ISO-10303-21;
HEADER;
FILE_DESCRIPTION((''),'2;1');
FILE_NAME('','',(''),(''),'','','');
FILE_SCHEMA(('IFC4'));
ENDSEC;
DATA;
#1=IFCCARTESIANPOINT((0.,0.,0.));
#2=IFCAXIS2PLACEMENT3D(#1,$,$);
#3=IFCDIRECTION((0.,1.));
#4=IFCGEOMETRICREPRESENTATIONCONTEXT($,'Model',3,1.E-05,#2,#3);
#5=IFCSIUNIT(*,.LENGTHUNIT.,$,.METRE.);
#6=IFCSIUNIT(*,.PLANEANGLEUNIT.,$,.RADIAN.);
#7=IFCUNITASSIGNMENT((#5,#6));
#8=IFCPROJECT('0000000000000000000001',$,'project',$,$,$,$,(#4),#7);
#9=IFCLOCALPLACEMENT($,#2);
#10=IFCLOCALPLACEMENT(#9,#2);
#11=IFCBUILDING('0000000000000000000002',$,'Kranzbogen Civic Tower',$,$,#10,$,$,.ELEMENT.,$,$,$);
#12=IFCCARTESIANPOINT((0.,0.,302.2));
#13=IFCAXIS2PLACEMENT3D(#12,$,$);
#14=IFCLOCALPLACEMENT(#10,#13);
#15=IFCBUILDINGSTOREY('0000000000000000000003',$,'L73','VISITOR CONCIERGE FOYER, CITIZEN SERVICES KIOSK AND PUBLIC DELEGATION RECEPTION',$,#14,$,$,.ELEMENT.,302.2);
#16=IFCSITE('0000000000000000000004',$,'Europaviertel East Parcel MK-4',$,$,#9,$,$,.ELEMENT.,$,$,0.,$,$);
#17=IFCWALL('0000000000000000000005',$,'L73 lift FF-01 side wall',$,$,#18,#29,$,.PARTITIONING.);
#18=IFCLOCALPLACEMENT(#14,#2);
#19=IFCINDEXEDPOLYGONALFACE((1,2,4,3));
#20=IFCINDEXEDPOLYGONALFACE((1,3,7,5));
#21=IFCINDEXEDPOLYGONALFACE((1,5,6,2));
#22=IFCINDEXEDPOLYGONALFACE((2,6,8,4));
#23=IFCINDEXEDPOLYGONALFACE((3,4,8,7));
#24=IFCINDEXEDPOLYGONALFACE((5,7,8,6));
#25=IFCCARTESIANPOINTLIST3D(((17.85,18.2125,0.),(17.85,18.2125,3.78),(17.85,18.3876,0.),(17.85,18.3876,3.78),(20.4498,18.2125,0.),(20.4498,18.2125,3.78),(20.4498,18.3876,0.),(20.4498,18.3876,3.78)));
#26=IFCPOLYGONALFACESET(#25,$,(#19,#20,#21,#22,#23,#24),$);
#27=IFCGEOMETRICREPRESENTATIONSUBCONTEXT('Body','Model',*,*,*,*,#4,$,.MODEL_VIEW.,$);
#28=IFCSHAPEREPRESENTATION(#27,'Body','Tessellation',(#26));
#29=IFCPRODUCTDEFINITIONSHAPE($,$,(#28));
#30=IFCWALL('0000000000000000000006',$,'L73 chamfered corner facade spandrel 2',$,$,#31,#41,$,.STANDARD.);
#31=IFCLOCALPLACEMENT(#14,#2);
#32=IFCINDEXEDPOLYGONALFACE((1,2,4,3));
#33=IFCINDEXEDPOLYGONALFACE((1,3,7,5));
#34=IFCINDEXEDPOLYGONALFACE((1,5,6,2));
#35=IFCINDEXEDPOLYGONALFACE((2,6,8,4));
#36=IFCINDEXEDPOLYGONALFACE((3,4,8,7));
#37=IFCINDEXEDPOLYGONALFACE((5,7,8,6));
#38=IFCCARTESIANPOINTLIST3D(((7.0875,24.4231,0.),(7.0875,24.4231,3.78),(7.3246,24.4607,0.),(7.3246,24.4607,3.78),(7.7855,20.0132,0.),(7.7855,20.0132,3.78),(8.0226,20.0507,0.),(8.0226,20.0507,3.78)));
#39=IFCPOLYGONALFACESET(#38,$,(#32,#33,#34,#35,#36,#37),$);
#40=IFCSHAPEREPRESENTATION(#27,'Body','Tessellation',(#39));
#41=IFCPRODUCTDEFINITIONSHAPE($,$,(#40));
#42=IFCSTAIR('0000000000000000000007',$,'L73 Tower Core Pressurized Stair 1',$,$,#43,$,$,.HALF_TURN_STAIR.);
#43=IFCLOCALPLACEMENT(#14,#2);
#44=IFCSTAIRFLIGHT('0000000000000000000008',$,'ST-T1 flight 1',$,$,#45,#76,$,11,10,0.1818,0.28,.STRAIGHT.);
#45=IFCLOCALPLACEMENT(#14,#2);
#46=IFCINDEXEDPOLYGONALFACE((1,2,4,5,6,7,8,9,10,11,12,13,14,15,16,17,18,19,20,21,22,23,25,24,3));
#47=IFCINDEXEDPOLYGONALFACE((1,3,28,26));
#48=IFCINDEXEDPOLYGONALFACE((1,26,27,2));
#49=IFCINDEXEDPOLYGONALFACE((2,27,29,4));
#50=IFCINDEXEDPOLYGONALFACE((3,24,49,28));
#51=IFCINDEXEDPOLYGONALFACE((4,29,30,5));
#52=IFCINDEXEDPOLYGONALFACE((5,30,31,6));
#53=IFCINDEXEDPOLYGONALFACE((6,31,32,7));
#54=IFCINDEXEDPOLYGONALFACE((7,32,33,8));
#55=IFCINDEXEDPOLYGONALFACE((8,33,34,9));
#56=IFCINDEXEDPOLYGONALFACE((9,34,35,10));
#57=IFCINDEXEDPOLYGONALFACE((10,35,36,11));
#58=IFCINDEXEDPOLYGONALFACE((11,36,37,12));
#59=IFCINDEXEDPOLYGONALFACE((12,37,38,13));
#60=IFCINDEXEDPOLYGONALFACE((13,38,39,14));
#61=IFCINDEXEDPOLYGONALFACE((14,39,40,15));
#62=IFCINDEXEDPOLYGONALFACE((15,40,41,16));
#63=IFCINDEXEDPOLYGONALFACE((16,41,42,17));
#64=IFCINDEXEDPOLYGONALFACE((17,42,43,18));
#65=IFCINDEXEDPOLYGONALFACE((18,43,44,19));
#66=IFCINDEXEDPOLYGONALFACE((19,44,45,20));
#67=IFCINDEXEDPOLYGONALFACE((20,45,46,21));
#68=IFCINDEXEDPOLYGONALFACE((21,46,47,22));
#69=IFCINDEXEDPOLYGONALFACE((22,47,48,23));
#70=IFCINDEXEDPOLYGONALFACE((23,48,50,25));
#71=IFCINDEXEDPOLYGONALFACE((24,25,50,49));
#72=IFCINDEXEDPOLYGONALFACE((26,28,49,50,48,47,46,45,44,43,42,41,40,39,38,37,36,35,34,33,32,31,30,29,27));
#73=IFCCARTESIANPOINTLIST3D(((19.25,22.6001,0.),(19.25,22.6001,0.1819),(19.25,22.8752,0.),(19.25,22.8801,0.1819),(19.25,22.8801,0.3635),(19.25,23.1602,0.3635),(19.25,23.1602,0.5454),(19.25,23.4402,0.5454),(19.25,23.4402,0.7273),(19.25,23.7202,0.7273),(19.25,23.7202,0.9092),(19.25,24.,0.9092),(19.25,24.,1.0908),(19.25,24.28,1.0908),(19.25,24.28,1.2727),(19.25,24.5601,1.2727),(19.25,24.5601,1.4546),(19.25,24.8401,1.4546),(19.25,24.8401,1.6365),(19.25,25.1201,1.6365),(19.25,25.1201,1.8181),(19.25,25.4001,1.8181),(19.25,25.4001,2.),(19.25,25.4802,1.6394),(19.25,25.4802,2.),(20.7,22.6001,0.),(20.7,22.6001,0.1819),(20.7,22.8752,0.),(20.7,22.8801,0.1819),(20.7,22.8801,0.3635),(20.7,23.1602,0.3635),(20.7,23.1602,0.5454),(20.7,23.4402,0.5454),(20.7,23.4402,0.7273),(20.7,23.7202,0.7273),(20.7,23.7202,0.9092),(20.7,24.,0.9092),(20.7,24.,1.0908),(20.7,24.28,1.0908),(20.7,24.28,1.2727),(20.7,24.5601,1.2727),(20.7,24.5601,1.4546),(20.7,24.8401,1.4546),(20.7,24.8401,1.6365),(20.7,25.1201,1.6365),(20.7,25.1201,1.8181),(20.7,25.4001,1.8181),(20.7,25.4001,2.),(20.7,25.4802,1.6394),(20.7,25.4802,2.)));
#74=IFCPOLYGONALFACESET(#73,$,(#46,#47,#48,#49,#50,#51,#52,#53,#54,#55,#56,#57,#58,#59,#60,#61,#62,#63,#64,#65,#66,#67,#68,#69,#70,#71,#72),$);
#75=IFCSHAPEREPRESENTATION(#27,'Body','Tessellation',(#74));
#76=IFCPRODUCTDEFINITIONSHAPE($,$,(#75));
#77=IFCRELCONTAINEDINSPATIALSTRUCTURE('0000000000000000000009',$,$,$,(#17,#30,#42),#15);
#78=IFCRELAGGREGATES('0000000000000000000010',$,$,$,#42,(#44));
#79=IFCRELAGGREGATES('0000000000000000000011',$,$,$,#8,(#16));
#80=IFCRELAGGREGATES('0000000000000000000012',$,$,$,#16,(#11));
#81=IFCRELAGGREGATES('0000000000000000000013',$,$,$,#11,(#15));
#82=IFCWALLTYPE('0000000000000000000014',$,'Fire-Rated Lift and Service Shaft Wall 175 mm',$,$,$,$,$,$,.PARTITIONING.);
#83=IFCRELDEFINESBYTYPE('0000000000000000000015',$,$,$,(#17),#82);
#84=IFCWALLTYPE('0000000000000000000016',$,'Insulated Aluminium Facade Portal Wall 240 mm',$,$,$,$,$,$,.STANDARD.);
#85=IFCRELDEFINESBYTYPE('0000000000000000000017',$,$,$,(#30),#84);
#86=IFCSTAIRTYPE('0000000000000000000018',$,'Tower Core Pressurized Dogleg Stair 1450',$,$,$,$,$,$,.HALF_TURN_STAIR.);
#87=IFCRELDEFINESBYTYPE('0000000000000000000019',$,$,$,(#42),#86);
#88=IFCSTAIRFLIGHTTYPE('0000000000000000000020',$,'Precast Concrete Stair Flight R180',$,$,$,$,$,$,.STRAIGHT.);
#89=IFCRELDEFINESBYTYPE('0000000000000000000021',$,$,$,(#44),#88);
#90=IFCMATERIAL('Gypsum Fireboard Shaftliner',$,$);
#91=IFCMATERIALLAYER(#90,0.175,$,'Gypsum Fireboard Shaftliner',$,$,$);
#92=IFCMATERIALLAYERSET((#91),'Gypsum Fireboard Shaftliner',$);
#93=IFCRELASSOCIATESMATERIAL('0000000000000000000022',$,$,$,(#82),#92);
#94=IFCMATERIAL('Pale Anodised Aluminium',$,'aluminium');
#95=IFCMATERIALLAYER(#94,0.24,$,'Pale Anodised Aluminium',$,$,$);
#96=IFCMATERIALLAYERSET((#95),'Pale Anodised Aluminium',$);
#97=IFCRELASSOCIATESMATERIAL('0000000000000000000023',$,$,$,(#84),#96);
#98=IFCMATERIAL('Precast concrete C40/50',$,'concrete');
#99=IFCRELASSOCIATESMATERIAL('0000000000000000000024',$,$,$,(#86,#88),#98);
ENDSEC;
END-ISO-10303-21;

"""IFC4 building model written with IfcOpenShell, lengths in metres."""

from ifc_helpers import new_model, si_unit, direction, frame, frame_2d, origin, place, context, subcontext, project, spatial, polyline, rectangle, outline, extrude, material, layer, layer_set, type_object, element, aggregate, save


model = new_model("IFC4")

# Units and contexts
model_context = context("Model", 3, precision=1e-05, world=origin(), true_north=direction((0.0, 1.0)))
body_context = subcontext(model_context, "Body", "Model", "MODEL_VIEW")
ifc_project = project(units=[si_unit("LENGTHUNIT", "METRE"), si_unit("PLANEANGLEUNIT", "RADIAN")], contexts=[model_context])

# Site, building, storey
site_placement = place(None, origin())
site = spatial("IfcSite", under=ifc_project, at=site_placement, Name="Europaviertel East Parcel MK-4", CompositionType="ELEMENT", RefElevation=0.0)
building_placement = place(site_placement, origin())
building = spatial("IfcBuilding", under=site, at=building_placement, Name="Kranzbogen Civic Tower", CompositionType="ELEMENT")
storey_placement = place(building_placement, frame((0.0, 0.0, 302.2)))
storey = spatial("IfcBuildingStorey", under=building, at=storey_placement, Name="L73", Description="VISITOR CONCIERGE FOYER, CITIZEN SERVICES KIOSK AND PUBLIC DELEGATION RECEPTION", CompositionType="ELEMENT", Elevation=302.2)

# Shared definitions
ifc_material_1 = material(Name="Pale Anodised Aluminium", Category="aluminium")

# Shared definitions
ifc_material_2 = material(Name="Gypsum Fireboard Shaftliner")
ifc_layer_1 = layer(ifc_material_2, 0.175, Name="Gypsum Fireboard Shaftliner")
ifc_layer_set_1 = layer_set([ifc_layer_1], Name="Gypsum Fireboard Shaftliner")
wall_type_1 = type_object("IfcWallType", Name="Fire-Rated Lift and Service Shaft Wall 175 mm", PredefinedType="PARTITIONING", material=ifc_layer_set_1)

# Walls
wall_1_placement = place(storey_placement, frame((17.8501, 18.3, 0.0), z_axis=(0.0, 0.0, 1.0), x_axis=(1.0, 0.0, 0.0)))
element("IfcWall", 1, at=wall_1_placement, inside=storey, type_object=wall_type_1, Name="L73 lift FF-01 side wall", PredefinedType="PARTITIONING", context=body_context, shape_type="SweptSolid", body=[
    extrude(rectangle(XDim=2.5999, YDim=0.175, at=frame_2d((1.2998, 0.0))), origin(), (0.0, 0.0, 1.0), 3.78),
])
ifc_layer_2 = layer(ifc_material_1, 0.24, Name="Pale Anodised Aluminium")
ifc_layer_set_2 = layer_set([ifc_layer_2], Name="Pale Anodised Aluminium")
wall_type_2 = type_object("IfcWallType", Name="Insulated Aluminium Facade Portal Wall 240 mm", PredefinedType="STANDARD", material=ifc_layer_set_2)
wall_2_placement = place(storey_placement, frame((7.2061, 24.4419, 0.0), z_axis=(0.0, 0.0, 1.0), x_axis=(0.156333, -0.987704, 0.0)))
element("IfcWall", 2, at=wall_2_placement, inside=storey, type_object=wall_type_2, Name="L73 chamfered corner facade spandrel 2", PredefinedType="STANDARD", context=body_context, shape_type="SweptSolid", body=[
    extrude(rectangle(XDim=4.4648, YDim=0.24, at=frame_2d((2.2324, 0.0))), origin(), (0.0, 0.0, 1.0), 3.78),
])

# Stair, stair flight
ifc_material_3 = material(Name="Precast concrete C40/50", Category="concrete")
stair_type = type_object("IfcStairType", Name="Tower Core Pressurized Dogleg Stair 1450", PredefinedType="HALF_TURN_STAIR", material=ifc_material_3)
stair_placement = place(storey_placement, origin())
stair = element("IfcStair", 3, at=stair_placement, inside=storey, type_object=stair_type, Name="L73 Tower Core Pressurized Stair 1", PredefinedType="HALF_TURN_STAIR")
stair_flight_type = type_object("IfcStairFlightType", Name="Precast Concrete Stair Flight R180", PredefinedType="STRAIGHT", material=ifc_material_3)
stair_flight_placement = place(storey_placement, frame((19.9751, 22.6001, 0.0), z_axis=(0.0, 0.0, 1.0), x_axis=(0.0, 1.0, 0.0)))
stair_flight = element("IfcStairFlight", 4, at=stair_flight_placement, type_object=stair_flight_type, Name="ST-T1 flight 1", NumberOfRisers=11, NumberOfTreads=10, PredefinedType="STRAIGHT", RiserHeight=0.1818, TreadLength=0.28, context=body_context, shape_type="SweptSolid", body=[
    extrude(outline(polyline([(0.0, 0.0), (0.0, 0.1819), (0.28, 0.1819), (0.28, 0.3635), (0.5601, 0.3635), (0.5601, 0.5454), (0.8401, 0.5454), (0.8401, 0.7273), (1.1201, 0.7273), (1.1201, 0.9092), (1.3999, 0.9092), (1.3999, 1.0908), (1.6799, 1.0908), (1.6799, 1.2727), (1.96, 1.2727), (1.96, 1.4546), (2.24, 1.4546), (2.24, 1.6365), (2.52, 1.6365), (2.52, 1.8181), (2.8, 1.8181), (2.8, 2.0), (2.8801, 2.0), (2.8801, 1.6394), (0.2751, 0.0), (0.0, 0.0)])), frame((0.0, 0.7251, 0.0), z_axis=(0.0, -1.0, 0.0), x_axis=(1.0, 0.0, 0.0)), (0.0, 0.0, 1.0), 1.45),
])
aggregate(stair, [stair_flight])

save(model, "model.ifc")
